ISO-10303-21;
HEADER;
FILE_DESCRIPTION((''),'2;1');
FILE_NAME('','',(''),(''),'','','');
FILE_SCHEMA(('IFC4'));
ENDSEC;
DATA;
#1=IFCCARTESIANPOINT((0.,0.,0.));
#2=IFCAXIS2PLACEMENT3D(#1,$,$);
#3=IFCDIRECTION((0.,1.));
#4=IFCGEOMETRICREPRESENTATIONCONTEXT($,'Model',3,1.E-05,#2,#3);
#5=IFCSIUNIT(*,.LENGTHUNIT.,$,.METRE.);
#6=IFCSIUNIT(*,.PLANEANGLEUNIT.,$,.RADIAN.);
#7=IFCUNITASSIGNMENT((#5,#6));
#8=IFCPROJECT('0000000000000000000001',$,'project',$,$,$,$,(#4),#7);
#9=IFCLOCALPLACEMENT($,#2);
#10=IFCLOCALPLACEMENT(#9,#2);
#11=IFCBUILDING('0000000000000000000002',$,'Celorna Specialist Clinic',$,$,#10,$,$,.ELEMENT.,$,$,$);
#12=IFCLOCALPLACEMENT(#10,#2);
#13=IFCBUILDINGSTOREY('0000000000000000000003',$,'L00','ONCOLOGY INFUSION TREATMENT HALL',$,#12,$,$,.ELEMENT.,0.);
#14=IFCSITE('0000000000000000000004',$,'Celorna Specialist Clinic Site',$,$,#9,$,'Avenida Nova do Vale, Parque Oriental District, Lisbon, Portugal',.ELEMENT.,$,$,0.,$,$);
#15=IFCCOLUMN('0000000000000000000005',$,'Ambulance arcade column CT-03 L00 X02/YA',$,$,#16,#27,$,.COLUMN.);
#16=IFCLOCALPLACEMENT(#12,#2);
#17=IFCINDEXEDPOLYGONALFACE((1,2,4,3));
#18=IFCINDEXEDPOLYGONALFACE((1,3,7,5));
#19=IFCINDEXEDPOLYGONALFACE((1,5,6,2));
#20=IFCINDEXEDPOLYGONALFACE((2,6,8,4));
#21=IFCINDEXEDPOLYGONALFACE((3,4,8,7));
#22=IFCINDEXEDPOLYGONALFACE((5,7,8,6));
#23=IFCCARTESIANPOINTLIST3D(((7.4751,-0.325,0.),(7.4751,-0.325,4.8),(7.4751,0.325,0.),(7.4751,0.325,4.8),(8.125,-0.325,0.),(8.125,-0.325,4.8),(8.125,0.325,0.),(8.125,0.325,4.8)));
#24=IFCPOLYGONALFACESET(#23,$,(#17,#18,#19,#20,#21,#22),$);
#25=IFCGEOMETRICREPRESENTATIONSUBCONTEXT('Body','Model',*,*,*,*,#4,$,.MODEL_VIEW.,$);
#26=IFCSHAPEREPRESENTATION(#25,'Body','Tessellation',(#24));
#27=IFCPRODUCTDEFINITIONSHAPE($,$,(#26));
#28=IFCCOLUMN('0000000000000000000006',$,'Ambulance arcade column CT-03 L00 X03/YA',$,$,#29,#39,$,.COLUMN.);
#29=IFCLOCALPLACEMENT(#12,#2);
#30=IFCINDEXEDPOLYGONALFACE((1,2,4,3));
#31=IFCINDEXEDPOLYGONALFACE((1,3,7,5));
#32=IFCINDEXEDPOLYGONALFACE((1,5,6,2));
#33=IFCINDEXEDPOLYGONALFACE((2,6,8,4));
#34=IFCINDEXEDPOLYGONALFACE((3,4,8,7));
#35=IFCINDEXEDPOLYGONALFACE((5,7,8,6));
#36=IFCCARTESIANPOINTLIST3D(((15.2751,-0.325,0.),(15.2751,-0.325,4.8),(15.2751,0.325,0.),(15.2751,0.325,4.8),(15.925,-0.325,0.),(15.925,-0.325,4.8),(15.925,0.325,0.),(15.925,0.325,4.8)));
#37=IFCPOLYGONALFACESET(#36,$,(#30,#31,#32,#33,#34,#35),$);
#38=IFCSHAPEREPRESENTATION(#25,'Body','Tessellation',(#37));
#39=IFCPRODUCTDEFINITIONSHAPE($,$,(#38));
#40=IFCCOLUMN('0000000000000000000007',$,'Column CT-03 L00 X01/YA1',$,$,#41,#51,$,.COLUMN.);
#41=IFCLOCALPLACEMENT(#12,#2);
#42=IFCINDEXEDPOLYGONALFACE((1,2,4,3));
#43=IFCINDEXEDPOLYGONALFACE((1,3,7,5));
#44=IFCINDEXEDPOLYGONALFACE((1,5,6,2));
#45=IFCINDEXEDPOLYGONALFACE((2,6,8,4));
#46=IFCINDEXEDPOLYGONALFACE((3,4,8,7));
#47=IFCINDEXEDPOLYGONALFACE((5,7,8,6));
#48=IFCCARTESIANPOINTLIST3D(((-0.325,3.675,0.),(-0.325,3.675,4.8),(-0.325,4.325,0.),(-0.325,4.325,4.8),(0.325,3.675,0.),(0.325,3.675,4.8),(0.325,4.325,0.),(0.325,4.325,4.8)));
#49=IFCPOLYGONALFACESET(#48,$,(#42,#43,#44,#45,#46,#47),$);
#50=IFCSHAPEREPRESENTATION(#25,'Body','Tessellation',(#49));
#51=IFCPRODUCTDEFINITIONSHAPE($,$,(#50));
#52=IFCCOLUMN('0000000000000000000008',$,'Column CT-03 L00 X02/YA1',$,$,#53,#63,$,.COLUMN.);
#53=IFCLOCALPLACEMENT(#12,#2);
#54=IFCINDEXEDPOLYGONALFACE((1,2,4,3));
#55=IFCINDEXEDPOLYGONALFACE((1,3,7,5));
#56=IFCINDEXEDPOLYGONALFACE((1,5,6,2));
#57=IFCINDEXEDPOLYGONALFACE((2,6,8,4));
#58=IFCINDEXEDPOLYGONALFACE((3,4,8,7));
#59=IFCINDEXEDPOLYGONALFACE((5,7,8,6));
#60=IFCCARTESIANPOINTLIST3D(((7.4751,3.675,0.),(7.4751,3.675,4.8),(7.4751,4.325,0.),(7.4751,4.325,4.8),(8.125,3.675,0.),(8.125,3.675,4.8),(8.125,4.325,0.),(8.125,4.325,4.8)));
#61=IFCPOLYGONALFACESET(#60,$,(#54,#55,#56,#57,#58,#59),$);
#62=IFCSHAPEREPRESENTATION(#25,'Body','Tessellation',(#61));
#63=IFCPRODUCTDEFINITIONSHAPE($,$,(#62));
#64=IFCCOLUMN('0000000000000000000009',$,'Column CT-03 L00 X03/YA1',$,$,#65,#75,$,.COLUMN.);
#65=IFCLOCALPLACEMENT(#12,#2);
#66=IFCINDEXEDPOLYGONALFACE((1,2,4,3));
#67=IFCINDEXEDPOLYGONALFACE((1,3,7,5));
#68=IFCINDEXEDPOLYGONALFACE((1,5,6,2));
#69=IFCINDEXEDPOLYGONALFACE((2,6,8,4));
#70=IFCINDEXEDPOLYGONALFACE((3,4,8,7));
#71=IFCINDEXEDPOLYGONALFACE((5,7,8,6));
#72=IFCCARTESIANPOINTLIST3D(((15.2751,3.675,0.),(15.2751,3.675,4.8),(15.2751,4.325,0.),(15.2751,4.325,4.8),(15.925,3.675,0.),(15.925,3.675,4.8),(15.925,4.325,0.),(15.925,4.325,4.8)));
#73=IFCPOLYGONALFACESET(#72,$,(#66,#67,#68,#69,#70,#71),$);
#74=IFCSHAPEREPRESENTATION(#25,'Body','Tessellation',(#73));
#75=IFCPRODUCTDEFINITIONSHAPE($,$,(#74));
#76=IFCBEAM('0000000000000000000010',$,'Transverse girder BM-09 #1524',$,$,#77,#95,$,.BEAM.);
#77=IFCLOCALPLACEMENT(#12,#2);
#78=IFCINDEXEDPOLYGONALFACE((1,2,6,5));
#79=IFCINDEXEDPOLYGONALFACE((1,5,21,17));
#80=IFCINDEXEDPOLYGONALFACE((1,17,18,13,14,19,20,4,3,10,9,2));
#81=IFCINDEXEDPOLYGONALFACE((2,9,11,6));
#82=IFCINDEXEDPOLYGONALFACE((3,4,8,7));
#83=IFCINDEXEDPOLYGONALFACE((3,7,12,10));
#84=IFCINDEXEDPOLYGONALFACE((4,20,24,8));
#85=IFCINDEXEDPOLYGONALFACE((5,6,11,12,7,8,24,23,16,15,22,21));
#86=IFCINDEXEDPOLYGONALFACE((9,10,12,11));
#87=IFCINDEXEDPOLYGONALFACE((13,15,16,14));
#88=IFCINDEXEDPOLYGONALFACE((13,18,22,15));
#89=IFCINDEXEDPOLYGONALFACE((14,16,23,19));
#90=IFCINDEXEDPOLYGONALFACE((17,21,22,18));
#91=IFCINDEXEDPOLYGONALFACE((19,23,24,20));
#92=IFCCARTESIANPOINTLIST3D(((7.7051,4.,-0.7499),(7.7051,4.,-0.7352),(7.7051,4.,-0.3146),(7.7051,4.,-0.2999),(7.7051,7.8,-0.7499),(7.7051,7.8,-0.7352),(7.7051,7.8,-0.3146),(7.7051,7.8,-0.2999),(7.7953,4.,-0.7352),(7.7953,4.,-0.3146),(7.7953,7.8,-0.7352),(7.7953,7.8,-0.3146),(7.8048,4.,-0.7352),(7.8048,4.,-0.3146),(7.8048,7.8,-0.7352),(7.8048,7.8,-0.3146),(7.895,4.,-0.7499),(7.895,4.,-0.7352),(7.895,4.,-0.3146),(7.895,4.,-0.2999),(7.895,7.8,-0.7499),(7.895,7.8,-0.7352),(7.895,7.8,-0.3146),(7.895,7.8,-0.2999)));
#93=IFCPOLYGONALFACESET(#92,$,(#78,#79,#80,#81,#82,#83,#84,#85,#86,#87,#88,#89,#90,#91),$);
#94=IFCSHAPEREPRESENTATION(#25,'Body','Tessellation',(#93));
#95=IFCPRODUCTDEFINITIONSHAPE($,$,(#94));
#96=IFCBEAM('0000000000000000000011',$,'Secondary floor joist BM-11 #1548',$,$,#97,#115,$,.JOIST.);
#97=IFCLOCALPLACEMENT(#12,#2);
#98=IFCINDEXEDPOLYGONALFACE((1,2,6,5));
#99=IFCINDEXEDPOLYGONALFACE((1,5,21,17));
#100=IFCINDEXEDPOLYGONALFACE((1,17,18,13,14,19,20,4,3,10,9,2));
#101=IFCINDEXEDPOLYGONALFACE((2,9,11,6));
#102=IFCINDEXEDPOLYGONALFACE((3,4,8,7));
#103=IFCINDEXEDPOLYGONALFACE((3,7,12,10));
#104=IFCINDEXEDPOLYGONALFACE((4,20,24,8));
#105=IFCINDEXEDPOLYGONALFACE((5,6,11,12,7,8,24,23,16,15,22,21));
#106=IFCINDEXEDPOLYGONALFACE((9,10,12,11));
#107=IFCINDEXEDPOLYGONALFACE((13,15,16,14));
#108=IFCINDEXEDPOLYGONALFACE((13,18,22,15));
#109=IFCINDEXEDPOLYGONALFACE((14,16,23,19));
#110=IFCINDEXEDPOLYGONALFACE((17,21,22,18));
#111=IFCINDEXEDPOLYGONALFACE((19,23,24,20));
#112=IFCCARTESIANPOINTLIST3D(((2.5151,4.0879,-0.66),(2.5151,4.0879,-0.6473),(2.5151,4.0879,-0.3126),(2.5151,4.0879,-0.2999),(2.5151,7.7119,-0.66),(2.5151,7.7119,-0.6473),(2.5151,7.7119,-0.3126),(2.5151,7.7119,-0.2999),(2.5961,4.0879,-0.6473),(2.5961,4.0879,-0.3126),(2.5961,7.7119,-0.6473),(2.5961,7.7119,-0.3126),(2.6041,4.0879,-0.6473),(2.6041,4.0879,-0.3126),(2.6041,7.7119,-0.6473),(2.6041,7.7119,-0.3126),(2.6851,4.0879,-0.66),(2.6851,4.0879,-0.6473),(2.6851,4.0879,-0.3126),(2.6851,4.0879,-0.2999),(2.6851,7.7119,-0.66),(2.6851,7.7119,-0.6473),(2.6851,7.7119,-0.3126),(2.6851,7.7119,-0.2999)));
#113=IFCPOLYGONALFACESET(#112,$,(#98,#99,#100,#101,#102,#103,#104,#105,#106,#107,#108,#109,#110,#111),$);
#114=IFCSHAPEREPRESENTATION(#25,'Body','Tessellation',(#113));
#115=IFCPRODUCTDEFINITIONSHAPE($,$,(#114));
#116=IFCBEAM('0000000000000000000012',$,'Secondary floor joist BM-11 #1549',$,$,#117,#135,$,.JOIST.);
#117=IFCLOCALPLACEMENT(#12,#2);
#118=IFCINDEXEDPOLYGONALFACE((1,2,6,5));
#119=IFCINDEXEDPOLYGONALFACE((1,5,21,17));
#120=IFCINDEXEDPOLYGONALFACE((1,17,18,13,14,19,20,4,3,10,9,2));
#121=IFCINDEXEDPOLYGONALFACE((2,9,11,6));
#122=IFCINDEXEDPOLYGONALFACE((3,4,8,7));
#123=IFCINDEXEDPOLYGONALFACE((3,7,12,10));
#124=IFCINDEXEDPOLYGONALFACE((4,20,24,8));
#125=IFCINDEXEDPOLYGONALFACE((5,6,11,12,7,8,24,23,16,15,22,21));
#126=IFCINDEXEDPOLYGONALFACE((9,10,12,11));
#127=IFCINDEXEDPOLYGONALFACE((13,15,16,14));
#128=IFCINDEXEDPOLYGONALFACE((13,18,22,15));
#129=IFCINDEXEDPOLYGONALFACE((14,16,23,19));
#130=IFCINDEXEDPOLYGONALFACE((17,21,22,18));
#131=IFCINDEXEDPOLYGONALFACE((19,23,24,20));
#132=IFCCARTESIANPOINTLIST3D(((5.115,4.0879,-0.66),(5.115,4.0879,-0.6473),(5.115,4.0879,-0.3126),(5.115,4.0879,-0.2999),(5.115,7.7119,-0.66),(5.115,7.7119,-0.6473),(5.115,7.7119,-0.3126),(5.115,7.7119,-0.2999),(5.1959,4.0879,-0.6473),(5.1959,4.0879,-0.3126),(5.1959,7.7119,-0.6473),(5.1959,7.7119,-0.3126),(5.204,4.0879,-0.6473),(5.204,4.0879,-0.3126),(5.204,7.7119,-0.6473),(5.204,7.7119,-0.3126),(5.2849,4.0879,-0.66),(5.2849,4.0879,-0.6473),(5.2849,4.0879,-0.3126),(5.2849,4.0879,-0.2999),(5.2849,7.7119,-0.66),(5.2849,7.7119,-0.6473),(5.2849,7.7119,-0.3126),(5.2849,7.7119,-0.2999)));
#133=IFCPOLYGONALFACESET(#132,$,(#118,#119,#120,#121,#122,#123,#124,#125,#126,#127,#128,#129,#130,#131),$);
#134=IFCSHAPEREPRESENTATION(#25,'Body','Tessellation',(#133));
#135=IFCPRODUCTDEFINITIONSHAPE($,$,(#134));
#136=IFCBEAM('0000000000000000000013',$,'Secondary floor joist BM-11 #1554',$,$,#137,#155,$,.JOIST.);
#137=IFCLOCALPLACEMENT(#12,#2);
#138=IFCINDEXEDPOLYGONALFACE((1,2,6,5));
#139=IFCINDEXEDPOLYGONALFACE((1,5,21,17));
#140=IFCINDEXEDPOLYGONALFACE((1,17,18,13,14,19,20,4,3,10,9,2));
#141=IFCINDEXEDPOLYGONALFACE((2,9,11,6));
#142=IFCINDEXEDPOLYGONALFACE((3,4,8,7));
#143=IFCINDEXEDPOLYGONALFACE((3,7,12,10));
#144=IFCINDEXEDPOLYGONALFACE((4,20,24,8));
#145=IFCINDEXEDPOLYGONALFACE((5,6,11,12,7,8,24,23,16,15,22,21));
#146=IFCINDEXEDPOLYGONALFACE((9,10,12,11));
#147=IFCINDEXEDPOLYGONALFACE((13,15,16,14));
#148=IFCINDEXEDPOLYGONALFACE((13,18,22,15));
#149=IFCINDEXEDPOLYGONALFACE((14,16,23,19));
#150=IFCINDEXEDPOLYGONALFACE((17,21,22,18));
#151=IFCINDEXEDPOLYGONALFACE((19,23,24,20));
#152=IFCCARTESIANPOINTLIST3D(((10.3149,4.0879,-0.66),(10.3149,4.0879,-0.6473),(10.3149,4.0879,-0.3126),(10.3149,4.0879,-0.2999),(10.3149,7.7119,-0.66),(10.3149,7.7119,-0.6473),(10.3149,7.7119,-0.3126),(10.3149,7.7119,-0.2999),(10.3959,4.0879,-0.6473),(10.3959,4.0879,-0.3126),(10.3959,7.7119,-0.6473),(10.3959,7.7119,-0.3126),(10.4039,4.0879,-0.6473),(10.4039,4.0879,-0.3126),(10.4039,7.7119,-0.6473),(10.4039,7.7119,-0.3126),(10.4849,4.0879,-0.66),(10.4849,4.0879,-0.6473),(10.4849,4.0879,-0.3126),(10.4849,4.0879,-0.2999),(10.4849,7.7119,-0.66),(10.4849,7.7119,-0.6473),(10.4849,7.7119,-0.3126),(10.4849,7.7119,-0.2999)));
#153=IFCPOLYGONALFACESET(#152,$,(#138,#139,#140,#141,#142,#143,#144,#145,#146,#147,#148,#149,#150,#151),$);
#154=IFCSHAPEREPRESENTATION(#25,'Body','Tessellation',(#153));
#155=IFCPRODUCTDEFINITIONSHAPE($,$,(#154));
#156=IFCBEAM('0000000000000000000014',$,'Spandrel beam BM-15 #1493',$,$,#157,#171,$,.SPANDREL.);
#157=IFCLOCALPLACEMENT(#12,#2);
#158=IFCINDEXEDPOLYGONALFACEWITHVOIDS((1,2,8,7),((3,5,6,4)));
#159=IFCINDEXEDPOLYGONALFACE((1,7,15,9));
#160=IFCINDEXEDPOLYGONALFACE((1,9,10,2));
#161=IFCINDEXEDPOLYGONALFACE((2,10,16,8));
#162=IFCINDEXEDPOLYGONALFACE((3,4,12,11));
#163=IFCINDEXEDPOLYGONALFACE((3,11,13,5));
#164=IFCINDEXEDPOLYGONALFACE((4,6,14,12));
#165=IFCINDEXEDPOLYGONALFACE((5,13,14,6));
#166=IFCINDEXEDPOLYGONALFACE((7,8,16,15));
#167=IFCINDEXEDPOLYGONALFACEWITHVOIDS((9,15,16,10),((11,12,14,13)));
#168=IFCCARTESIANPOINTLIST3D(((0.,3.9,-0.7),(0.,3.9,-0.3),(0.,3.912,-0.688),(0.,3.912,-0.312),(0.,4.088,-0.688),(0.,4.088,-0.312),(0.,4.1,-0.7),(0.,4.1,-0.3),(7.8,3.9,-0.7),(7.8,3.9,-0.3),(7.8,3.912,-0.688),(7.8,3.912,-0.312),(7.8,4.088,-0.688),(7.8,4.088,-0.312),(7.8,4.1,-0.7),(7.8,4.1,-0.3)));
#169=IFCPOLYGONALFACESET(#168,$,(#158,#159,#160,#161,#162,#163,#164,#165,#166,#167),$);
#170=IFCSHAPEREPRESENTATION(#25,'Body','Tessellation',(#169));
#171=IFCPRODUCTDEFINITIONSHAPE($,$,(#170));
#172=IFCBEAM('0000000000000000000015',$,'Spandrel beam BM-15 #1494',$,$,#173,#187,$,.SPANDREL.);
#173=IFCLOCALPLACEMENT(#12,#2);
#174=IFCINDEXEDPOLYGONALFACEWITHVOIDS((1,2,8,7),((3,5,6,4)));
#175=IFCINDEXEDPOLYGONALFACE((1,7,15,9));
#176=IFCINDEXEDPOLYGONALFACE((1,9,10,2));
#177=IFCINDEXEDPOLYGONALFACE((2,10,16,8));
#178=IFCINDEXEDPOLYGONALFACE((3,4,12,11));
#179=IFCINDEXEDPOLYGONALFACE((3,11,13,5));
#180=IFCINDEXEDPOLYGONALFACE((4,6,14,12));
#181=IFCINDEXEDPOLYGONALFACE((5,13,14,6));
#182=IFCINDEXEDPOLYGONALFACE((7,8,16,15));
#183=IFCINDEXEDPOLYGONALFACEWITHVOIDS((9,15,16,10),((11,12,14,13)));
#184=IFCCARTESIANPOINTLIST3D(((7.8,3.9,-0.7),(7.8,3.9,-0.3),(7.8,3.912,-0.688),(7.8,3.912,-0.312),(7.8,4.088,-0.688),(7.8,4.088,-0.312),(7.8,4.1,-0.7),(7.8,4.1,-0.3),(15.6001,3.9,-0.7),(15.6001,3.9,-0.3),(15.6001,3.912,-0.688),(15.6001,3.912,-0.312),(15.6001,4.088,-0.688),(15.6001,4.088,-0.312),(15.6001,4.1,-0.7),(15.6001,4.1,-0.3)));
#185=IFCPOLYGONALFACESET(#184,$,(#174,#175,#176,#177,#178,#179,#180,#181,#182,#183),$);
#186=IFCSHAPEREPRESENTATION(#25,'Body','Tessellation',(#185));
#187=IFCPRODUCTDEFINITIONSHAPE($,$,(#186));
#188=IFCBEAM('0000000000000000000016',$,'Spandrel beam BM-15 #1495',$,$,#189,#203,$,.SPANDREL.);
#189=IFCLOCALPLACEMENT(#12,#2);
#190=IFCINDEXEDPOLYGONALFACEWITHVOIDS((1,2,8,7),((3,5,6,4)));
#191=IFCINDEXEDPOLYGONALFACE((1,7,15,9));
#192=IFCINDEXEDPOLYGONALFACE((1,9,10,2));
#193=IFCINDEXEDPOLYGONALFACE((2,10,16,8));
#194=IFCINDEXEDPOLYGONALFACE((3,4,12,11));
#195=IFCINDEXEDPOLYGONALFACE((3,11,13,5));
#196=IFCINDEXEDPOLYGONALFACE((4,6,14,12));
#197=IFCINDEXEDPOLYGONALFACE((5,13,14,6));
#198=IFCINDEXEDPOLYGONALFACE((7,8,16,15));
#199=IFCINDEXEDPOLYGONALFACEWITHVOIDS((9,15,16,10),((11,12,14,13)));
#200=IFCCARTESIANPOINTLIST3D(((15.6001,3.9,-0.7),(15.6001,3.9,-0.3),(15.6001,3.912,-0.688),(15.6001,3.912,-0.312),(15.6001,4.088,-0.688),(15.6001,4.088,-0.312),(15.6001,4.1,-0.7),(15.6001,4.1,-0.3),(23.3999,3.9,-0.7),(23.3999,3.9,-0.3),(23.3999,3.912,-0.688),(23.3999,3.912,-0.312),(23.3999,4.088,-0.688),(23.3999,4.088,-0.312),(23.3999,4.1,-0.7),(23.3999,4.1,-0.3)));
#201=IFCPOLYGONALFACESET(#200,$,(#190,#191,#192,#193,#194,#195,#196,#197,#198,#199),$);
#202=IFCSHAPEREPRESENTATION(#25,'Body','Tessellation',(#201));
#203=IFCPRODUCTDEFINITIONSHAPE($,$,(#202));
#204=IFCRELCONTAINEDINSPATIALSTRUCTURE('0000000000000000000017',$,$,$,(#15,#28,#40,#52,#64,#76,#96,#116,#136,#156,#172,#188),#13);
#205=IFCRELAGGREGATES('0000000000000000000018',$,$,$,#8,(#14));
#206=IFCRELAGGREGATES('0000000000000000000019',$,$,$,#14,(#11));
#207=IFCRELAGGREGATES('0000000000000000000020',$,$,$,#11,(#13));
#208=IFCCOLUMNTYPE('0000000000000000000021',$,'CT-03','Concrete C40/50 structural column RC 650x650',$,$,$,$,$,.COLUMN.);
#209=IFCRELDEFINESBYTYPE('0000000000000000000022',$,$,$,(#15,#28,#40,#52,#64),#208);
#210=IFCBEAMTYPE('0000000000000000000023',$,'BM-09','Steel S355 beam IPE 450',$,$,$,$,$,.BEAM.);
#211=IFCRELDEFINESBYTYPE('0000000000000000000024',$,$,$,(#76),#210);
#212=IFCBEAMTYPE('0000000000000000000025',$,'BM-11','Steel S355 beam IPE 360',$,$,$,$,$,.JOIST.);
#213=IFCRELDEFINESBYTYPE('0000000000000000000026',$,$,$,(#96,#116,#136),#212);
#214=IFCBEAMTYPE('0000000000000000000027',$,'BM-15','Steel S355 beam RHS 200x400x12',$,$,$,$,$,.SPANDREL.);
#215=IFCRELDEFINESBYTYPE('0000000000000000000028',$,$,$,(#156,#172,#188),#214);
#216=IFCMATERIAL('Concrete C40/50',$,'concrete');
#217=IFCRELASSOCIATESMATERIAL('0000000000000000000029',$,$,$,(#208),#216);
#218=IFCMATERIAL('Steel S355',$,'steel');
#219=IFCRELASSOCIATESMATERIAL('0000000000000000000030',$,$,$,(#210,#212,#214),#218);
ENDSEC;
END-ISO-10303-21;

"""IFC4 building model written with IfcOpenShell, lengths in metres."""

from ifc_helpers import new_model, si_unit, direction, frame, origin, origin_2d, place, context, subcontext, project, spatial, rectangle, hollow_rectangle, i_section, extrude, material, material_profile, profile_set, type_object, element, save


model = new_model("IFC4")

# Units and contexts
model_context = context("Model", 3, precision=1e-05, world=origin(), true_north=direction((0.0, 1.0)))
body_context = subcontext(model_context, "Body", "Model", "MODEL_VIEW")
ifc_project = project(units=[si_unit("LENGTHUNIT", "METRE"), si_unit("PLANEANGLEUNIT", "RADIAN")], contexts=[model_context])

# Site, building, storey
site_placement = place(None, origin())
site = spatial("IfcSite", under=ifc_project, at=site_placement, Name="Celorna Specialist Clinic Site", LongName="Avenida Nova do Vale, Parque Oriental District, Lisbon, Portugal", CompositionType="ELEMENT", RefElevation=0.0)
building_placement = place(site_placement, origin())
building = spatial("IfcBuilding", under=site, at=building_placement, Name="Celorna Specialist Clinic", CompositionType="ELEMENT")
storey_placement = place(building_placement, origin())
storey = spatial("IfcBuildingStorey", under=building, at=storey_placement, Name="L00", Description="ONCOLOGY INFUSION TREATMENT HALL", CompositionType="ELEMENT", Elevation=0.0)

# Columns
ifc_material_1 = material(Name="Concrete C40/50", Category="concrete")
ifc_material_profile_1 = material_profile(ifc_material_1, rectangle(XDim=0.6499, YDim=0.6499, at=origin_2d()), Name="RC 650x650")
ifc_profile_set_1 = profile_set([ifc_material_profile_1], Name="Concrete C40/50")
column_type = type_object("IfcColumnType", Name="CT-03", Description="Concrete C40/50 structural column RC 650x650", PredefinedType="COLUMN", material=ifc_profile_set_1)
for number, where, z_axis, x_axis, name in (
    (1, (7.8, 0.0, 0.0), (0.0, 0.0, 1.0), (1.0, 0.0, 0.0), "Ambulance arcade column CT-03 L00 X02/YA"),
    (2, (15.6001, 0.0, 0.0), (0.0, 0.0, 1.0), (1.0, 0.0, 0.0), "Ambulance arcade column CT-03 L00 X03/YA"),
    (3, (0.0, 4.0, 0.0), (0.0, 0.0, 1.0), (1.0, 0.0, 0.0), "Column CT-03 L00 X01/YA1"),
    (4, (7.8, 4.0, 0.0), (0.0, 0.0, 1.0), (1.0, 0.0, 0.0), "Column CT-03 L00 X02/YA1"),
    (5, (15.6001, 4.0, 0.0), (0.0, 0.0, 1.0), (1.0, 0.0, 0.0), "Column CT-03 L00 X03/YA1"),
):
    element("IfcColumn", number, at=place(storey_placement, frame(where, z_axis=z_axis, x_axis=x_axis)), inside=storey, type_object=column_type, Name=name, PredefinedType="COLUMN", context=body_context, shape_type="SweptSolid", body=[
        extrude(rectangle(XDim=0.6499, YDim=0.6499, at=origin_2d()), origin(), (0.0, 0.0, 1.0), 4.8),
    ])

# Beams
ifc_material_2 = material(Name="Steel S355", Category="steel")
ifc_material_profile_2 = material_profile(ifc_material_2, i_section(OverallWidth=0.1899, OverallDepth=0.45, WebThickness=0.0095, FlangeThickness=0.0146, at=origin_2d()), Name="IPE 450")
ifc_profile_set_2 = profile_set([ifc_material_profile_2], Name="Steel S355")
beam_type_1 = type_object("IfcBeamType", Name="BM-09", Description="Steel S355 beam IPE 450", PredefinedType="BEAM", material=ifc_profile_set_2)
beam_1_placement = place(storey_placement, frame((7.8, 4.0, -0.5249), z_axis=(0.0, 1.0, 0.0), x_axis=(-1.0, 0.0, 0.0)))
element("IfcBeam", 6, at=beam_1_placement, inside=storey, type_object=beam_type_1, Name="Transverse girder BM-09 #1524", PredefinedType="BEAM", context=body_context, shape_type="SweptSolid", body=[
    extrude(i_section(OverallWidth=0.1899, OverallDepth=0.45, WebThickness=0.0095, FlangeThickness=0.0146, at=origin_2d()), origin(), (0.0, 0.0, 1.0), 3.8),
])
ifc_material_profile_3 = material_profile(ifc_material_2, i_section(OverallWidth=0.1699, OverallDepth=0.3601, WebThickness=0.0081, FlangeThickness=0.0127, at=origin_2d()), Name="IPE 360")
ifc_profile_set_3 = profile_set([ifc_material_profile_3], Name="Steel S355")
beam_type_2 = type_object("IfcBeamType", Name="BM-11", Description="Steel S355 beam IPE 360", PredefinedType="JOIST", material=ifc_profile_set_3)
for number, where, z_axis, x_axis, name in (
    (7, (2.6001, 4.0879, -0.48), (0.0, 1.0, 0.0), (-1.0, 0.0, 0.0), "Secondary floor joist BM-11 #1548"),
    (8, (5.2, 4.0879, -0.48), (0.0, 1.0, 0.0), (-1.0, 0.0, 0.0), "Secondary floor joist BM-11 #1549"),
    (9, (10.3999, 4.0879, -0.48), (0.0, 1.0, 0.0), (-1.0, 0.0, 0.0), "Secondary floor joist BM-11 #1554"),
):
    element("IfcBeam", number, at=place(storey_placement, frame(where, z_axis=z_axis, x_axis=x_axis)), inside=storey, type_object=beam_type_2, Name=name, PredefinedType="JOIST", context=body_context, shape_type="SweptSolid", body=[
        extrude(i_section(OverallWidth=0.1699, OverallDepth=0.3601, WebThickness=0.0081, FlangeThickness=0.0127, at=origin_2d()), origin(), (0.0, 0.0, 1.0), 3.624),
    ])
ifc_material_profile_4 = material_profile(ifc_material_2, hollow_rectangle(XDim=0.2, YDim=0.3999, WallThickness=0.012, at=origin_2d()), Name="RHS 200x400x12")
ifc_profile_set_4 = profile_set([ifc_material_profile_4], Name="Steel S355")
beam_type_3 = type_object("IfcBeamType", Name="BM-15", Description="Steel S355 beam RHS 200x400x12", PredefinedType="SPANDREL", material=ifc_profile_set_4)
for number, where, z_axis, x_axis, name in (
    (10, (0.0, 4.0, -0.5), (1.0, 0.0, 0.0), (0.0, 1.0, 0.0), "Spandrel beam BM-15 #1493"),
    (11, (7.8, 4.0, -0.5), (1.0, 0.0, 0.0), (0.0, 1.0, 0.0), "Spandrel beam BM-15 #1494"),
):
    element("IfcBeam", number, at=place(storey_placement, frame(where, z_axis=z_axis, x_axis=x_axis)), inside=storey, type_object=beam_type_3, Name=name, PredefinedType="SPANDREL", context=body_context, shape_type="SweptSolid", body=[
        extrude(hollow_rectangle(XDim=0.2, YDim=0.3999, WallThickness=0.012, at=origin_2d()), origin(), (0.0, 0.0, 1.0), 7.8),
    ])
beam_2_placement = place(storey_placement, frame((15.6001, 4.0, -0.5), z_axis=(1.0, 0.0, 0.0), x_axis=(0.0, 1.0, 0.0)))
element("IfcBeam", 12, at=beam_2_placement, inside=storey, type_object=beam_type_3, Name="Spandrel beam BM-15 #1495", PredefinedType="SPANDREL", context=body_context, shape_type="SweptSolid", body=[
    extrude(hollow_rectangle(XDim=0.2, YDim=0.3999, WallThickness=0.012, at=origin_2d()), origin(), (0.0, 0.0, 1.0), 7.7998),
])

save(model, "model.ifc")
